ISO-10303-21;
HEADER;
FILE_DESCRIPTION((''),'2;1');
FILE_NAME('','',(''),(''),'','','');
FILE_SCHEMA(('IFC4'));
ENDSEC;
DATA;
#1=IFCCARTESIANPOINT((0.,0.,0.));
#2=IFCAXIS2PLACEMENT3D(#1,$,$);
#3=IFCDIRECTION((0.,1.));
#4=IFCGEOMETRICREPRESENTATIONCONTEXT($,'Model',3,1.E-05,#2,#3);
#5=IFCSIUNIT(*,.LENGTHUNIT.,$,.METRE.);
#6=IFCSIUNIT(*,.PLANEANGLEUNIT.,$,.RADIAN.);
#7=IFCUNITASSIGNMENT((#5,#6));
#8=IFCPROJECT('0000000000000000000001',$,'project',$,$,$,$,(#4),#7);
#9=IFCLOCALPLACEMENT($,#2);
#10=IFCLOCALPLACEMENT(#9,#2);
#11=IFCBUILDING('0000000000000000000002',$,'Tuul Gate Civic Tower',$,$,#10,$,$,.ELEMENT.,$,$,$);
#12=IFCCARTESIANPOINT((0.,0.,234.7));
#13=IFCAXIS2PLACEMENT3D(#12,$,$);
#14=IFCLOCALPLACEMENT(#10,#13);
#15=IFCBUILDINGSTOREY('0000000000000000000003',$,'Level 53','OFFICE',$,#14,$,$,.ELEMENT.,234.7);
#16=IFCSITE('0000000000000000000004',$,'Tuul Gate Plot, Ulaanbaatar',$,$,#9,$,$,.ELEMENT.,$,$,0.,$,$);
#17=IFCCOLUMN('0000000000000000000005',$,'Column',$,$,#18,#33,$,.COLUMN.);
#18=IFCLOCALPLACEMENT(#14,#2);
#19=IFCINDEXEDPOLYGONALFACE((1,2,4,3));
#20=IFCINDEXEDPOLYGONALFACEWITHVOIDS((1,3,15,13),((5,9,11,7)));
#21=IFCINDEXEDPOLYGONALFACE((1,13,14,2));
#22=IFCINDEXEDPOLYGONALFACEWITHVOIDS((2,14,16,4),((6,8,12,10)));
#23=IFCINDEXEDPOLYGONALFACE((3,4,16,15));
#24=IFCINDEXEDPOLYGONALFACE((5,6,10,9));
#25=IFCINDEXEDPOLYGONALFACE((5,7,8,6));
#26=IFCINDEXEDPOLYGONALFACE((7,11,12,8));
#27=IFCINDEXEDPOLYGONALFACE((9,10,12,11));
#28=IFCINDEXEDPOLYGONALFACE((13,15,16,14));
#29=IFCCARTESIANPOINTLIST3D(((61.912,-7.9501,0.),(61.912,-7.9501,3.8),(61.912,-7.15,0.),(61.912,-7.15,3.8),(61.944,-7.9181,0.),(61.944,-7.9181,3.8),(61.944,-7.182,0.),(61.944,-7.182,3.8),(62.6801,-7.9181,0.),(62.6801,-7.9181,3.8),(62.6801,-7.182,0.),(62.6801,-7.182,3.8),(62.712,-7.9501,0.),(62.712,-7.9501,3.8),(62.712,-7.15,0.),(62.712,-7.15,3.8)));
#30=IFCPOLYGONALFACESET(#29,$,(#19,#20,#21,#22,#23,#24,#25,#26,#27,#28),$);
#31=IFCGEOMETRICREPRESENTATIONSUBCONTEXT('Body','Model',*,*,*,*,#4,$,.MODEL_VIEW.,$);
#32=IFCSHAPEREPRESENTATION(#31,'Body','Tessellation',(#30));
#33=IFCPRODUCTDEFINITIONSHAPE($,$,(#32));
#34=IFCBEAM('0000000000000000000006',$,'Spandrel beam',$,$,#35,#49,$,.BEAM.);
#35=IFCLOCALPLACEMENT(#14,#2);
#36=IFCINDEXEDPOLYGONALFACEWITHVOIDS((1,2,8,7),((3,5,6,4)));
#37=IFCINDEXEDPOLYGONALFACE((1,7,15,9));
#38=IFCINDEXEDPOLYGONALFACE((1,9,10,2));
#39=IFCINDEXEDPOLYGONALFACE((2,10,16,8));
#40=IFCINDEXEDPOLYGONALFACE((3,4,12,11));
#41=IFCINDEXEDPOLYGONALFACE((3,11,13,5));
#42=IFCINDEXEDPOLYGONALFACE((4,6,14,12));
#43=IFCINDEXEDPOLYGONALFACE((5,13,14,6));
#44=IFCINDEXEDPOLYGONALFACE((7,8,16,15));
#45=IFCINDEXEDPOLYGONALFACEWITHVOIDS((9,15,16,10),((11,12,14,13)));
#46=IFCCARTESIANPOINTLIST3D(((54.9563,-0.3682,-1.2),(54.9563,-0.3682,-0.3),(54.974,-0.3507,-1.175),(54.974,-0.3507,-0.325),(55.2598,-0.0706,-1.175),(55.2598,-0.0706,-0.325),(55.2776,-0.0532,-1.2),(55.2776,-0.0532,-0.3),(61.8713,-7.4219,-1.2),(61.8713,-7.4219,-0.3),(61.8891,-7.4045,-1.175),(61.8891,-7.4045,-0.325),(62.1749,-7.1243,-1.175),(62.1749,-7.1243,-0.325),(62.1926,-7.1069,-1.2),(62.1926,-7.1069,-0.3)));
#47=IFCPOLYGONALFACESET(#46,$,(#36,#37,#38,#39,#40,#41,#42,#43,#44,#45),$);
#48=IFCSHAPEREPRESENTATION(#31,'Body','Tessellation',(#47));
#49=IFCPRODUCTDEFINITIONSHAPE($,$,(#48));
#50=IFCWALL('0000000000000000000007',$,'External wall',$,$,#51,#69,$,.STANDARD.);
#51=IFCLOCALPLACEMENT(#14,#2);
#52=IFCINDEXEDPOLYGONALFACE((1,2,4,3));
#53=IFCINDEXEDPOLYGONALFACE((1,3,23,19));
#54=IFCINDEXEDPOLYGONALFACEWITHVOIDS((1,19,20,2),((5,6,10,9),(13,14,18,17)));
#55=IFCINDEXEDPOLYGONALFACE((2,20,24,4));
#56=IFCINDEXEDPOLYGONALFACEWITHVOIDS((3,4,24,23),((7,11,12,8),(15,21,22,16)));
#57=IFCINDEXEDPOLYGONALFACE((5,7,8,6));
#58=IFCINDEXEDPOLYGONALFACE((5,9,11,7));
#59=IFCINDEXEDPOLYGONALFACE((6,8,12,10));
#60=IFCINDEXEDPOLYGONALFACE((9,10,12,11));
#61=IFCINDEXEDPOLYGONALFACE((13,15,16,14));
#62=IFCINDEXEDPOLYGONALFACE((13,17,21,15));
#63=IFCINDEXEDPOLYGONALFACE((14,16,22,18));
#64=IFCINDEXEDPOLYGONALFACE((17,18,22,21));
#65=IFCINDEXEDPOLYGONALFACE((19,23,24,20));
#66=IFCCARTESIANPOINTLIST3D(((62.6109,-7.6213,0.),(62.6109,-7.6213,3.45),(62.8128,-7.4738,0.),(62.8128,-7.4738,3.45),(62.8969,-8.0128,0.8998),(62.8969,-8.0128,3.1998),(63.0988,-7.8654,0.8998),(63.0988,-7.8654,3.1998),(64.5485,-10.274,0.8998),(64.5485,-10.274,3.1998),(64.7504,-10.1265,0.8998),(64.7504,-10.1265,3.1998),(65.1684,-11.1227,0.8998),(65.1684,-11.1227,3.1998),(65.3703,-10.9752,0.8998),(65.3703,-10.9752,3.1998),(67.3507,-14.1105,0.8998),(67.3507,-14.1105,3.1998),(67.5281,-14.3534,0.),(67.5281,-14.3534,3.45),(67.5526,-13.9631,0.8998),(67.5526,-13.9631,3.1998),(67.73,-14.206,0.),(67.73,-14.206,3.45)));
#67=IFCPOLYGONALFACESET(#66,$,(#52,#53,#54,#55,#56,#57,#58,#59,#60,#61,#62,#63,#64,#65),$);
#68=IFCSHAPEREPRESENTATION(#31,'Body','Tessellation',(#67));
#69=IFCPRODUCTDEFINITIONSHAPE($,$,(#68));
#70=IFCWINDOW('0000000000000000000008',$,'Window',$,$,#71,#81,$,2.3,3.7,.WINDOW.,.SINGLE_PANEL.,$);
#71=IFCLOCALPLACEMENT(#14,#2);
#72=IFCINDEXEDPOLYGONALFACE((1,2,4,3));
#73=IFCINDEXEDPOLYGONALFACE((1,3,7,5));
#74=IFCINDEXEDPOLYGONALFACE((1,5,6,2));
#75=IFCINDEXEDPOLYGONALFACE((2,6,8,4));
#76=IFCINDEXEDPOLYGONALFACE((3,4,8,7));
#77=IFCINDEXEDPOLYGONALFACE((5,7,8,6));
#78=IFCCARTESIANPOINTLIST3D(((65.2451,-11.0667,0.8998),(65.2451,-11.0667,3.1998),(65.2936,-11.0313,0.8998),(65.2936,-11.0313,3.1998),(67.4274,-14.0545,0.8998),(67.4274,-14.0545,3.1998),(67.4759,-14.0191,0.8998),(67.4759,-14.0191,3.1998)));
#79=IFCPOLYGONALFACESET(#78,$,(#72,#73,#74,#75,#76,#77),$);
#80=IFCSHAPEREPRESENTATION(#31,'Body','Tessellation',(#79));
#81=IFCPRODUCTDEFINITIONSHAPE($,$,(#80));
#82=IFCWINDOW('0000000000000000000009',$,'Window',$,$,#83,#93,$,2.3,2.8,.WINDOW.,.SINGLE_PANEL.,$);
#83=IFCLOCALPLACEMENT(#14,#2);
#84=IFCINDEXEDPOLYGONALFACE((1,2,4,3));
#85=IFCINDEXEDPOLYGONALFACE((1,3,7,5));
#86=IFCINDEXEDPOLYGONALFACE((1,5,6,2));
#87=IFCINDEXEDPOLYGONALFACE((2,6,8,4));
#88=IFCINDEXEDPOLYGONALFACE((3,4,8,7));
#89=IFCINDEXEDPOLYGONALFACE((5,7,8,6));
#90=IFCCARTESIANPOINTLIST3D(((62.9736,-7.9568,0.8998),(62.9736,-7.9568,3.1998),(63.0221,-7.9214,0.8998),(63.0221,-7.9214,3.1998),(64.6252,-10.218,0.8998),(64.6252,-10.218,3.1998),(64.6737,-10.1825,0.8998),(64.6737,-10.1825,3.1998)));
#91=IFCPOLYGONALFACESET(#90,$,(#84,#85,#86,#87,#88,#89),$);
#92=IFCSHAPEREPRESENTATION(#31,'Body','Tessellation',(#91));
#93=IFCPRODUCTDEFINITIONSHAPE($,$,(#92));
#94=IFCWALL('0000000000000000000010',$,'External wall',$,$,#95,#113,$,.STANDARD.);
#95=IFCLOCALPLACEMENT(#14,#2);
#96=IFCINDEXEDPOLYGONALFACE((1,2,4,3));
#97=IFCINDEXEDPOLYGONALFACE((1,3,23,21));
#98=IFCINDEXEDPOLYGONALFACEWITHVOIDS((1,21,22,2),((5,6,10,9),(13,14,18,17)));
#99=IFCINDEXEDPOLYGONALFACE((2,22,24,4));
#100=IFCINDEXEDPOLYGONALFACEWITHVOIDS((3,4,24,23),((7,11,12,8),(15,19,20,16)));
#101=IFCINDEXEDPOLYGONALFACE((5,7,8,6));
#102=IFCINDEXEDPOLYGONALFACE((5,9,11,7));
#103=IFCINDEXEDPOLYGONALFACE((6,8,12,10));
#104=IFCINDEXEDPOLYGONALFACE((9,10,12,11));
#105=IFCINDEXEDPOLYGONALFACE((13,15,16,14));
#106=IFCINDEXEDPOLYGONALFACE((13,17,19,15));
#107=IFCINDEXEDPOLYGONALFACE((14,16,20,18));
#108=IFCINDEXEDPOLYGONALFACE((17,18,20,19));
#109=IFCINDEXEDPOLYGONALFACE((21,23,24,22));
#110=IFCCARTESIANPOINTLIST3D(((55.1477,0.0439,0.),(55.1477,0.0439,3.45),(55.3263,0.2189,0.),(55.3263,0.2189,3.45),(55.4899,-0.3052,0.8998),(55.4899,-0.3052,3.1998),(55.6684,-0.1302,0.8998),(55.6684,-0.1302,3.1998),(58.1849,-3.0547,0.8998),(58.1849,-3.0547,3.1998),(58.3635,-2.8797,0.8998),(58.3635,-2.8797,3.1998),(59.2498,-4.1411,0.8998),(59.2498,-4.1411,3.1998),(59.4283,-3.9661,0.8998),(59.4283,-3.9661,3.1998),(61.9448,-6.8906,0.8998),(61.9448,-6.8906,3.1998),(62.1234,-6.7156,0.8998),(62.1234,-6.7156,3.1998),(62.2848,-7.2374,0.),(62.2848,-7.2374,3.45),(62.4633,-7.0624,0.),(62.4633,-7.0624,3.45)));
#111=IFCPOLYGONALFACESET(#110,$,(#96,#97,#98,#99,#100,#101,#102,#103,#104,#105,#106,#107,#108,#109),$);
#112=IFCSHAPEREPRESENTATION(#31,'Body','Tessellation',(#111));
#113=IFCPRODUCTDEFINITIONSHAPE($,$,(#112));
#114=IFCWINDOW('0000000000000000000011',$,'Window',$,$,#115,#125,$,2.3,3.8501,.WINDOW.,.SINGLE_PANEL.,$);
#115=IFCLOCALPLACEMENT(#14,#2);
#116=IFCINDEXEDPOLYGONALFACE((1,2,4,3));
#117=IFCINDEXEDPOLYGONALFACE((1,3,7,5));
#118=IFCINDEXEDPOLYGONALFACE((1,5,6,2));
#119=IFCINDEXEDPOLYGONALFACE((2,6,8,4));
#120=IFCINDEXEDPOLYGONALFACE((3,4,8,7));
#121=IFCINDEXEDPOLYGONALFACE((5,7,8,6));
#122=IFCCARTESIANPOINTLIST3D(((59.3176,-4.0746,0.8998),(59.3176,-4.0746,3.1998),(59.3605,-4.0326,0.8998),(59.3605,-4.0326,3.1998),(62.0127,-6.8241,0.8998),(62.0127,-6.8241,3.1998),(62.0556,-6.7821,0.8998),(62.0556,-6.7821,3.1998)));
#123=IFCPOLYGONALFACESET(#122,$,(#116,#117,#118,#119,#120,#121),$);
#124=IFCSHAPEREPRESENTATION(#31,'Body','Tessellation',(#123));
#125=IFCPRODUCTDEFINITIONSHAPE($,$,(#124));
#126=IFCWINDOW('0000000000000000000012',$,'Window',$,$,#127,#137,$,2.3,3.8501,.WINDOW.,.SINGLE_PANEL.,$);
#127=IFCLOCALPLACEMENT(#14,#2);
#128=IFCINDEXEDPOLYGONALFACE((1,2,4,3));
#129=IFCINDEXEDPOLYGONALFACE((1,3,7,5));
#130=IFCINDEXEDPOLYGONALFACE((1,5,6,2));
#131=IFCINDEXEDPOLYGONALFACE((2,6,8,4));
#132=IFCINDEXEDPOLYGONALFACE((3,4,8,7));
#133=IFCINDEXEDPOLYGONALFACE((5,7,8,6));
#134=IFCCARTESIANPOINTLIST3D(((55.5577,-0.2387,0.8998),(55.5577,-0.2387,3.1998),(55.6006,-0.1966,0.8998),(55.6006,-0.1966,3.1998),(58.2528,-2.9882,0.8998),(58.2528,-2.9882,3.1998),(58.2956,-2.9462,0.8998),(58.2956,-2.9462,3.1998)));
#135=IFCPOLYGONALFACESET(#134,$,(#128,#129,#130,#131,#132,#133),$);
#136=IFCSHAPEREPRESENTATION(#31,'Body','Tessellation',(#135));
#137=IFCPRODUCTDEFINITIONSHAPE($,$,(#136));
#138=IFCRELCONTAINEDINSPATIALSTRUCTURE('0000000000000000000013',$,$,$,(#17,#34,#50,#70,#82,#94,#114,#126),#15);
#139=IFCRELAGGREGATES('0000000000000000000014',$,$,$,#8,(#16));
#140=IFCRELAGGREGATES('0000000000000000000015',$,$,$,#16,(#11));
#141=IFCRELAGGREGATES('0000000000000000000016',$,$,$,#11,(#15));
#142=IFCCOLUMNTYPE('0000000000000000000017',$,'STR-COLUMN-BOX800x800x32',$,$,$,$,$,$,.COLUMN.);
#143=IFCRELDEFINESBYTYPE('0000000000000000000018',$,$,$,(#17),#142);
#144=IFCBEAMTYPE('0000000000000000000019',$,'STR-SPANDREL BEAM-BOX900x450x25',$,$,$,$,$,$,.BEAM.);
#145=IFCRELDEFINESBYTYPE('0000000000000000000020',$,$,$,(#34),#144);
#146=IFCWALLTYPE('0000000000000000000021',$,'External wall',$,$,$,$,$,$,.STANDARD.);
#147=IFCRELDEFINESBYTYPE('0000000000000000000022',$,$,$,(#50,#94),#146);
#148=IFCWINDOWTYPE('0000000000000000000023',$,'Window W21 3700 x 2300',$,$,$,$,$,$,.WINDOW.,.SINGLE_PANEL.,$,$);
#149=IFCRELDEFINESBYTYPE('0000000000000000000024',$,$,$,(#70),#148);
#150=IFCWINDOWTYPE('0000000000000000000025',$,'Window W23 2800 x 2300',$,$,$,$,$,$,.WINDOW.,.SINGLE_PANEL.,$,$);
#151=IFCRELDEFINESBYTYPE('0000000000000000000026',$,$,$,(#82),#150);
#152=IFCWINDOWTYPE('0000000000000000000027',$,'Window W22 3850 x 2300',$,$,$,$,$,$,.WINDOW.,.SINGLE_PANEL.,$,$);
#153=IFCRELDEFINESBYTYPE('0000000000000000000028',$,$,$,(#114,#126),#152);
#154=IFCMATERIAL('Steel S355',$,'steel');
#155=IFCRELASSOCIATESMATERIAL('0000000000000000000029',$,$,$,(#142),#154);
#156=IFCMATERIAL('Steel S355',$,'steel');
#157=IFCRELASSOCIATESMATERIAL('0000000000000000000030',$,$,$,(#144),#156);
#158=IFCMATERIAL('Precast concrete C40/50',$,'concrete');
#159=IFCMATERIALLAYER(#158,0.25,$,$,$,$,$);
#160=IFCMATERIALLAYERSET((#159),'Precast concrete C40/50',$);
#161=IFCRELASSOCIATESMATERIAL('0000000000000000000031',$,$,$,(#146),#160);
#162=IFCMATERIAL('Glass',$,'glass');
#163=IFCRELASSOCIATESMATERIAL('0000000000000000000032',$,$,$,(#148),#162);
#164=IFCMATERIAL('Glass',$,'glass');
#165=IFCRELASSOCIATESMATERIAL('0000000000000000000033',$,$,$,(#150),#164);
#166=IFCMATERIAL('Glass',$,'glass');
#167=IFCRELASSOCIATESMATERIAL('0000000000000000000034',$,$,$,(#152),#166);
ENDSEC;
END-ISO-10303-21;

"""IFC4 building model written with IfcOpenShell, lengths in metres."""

from ifc_helpers import new_model, si_unit, direction, frame, frame_2d, origin, origin_2d, place, context, subcontext, project, spatial, rectangle, hollow_rectangle, extrude, material, layer, layer_set, material_profile, profile_set, type_object, element, fill, save


model = new_model("IFC4")

# Units and contexts
model_context = context("Model", 3, precision=1e-05, world=origin(), true_north=direction((0.0, 1.0)))
body_context = subcontext(model_context, "Body", "Model", "MODEL_VIEW")
ifc_project = project(units=[si_unit("LENGTHUNIT", "METRE"), si_unit("PLANEANGLEUNIT", "RADIAN")], contexts=[model_context])

# Site, building, storey
site_placement = place(None, origin())
site = spatial("IfcSite", under=ifc_project, at=site_placement, Name="Tuul Gate Plot, Ulaanbaatar", CompositionType="ELEMENT", RefElevation=0.0)
building_placement = place(site_placement, origin())
building = spatial("IfcBuilding", under=site, at=building_placement, Name="Tuul Gate Civic Tower", CompositionType="ELEMENT")
storey_placement = place(building_placement, frame((0.0, 0.0, 234.7)))
storey = spatial("IfcBuildingStorey", under=building, at=storey_placement, Name="Level 53", Description="OFFICE", CompositionType="ELEMENT", Elevation=234.7)

# Column
ifc_material_1 = material(Name="Steel S355", Category="steel")
ifc_material_profile_1 = material_profile(ifc_material_1, hollow_rectangle(XDim=0.8, YDim=0.8, WallThickness=0.032, at=origin_2d()), Name="BOX800x800x32")
ifc_profile_set_1 = profile_set([ifc_material_profile_1], Name="Steel S355")
column_type = type_object("IfcColumnType", Name="STR-COLUMN-BOX800x800x32", PredefinedType="COLUMN", material=ifc_profile_set_1)
column_placement = place(storey_placement, frame((62.312, -7.55, 0.0), z_axis=(0.0, 0.0, 1.0), x_axis=(1.0, 0.0, 0.0)))
element("IfcColumn", 1, at=column_placement, inside=storey, type_object=column_type, Name="Column", PredefinedType="COLUMN", context=body_context, shape_type="SweptSolid", body=[
    extrude(hollow_rectangle(XDim=0.8, YDim=0.8, WallThickness=0.032, at=origin_2d()), origin(), (0.0, 0.0, 1.0), 3.8),
])

# Beam
ifc_material_2 = material(Name="Steel S355", Category="steel")
ifc_material_profile_2 = material_profile(ifc_material_2, hollow_rectangle(XDim=0.45, YDim=0.8999, WallThickness=0.0249, at=origin_2d()), Name="BOX900x450x25")
ifc_profile_set_2 = profile_set([ifc_material_profile_2], Name="Steel S355")
beam_type = type_object("IfcBeamType", Name="STR-SPANDREL BEAM-BOX900x450x25", PredefinedType="BEAM", material=ifc_profile_set_2)
beam_placement = place(storey_placement, frame((62.032, -7.2644, -0.75), z_axis=(-0.700053, 0.714091, 0.0), x_axis=(-0.714091, -0.700053, 0.0)))
element("IfcBeam", 2, at=beam_placement, inside=storey, type_object=beam_type, Name="Spandrel beam", PredefinedType="BEAM", context=body_context, shape_type="SweptSolid", body=[
    extrude(hollow_rectangle(XDim=0.45, YDim=0.8999, WallThickness=0.0249, at=origin_2d()), origin(), (0.0, 0.0, 1.0), 9.8779),
])

# Walls, openings, windows
ifc_material_3 = material(Name="Precast concrete C40/50", Category="concrete")
ifc_layer = layer(ifc_material_3, 0.25)
ifc_layer_set = layer_set([ifc_layer], Name="Precast concrete C40/50")
wall_type = type_object("IfcWallType", Name="External wall", PredefinedType="STANDARD", material=ifc_layer_set)
wall_1_placement = place(storey_placement, frame((67.6292, -14.2798, 0.0), z_axis=(0.0, 0.0, 1.0), x_axis=(-0.589826, 0.80753, 0.0)))
wall_1 = element("IfcWall", 3, at=wall_1_placement, inside=storey, type_object=wall_type, Name="External wall", PredefinedType="STANDARD", context=body_context, shape_type="SweptSolid", body=[
    extrude(rectangle(XDim=8.3367, YDim=0.25, at=frame_2d((4.1685, 0.0))), origin(), (0.0, 0.0, 1.0), 3.45),
])
opening_1_placement = place(wall_1_placement, frame((0.3008, 0.0, 0.8999)))
opening_1 = element("IfcOpeningElement", 4, at=opening_1_placement, cuts=wall_1, PredefinedType="OPENING", context=body_context, shape_type="SweptSolid", body=[
    extrude(rectangle(XDim=3.7, YDim=2.3, at=frame_2d((1.8501, 1.1499))), frame((0.0, 0.135, 0.0), z_axis=(0.0, -1.0, 0.0), x_axis=(1.0, 0.0, 0.0)), (0.0, 0.0, 1.0), 0.27),
])
opening_2_placement = place(wall_1_placement, frame((5.052, 0.0, 0.8999)))
opening_2 = element("IfcOpeningElement", 5, at=opening_2_placement, cuts=wall_1, PredefinedType="OPENING", context=body_context, shape_type="SweptSolid", body=[
    extrude(rectangle(XDim=2.8, YDim=2.3, at=frame_2d((1.3999, 1.1499))), frame((0.0, 0.135, 0.0), z_axis=(0.0, -1.0, 0.0), x_axis=(1.0, 0.0, 0.0)), (0.0, 0.0, 1.0), 0.27),
])
ifc_material_4 = material(Name="Glass", Category="glass")
window_type_1 = type_object("IfcWindowType", Name="Window W21 3700 x 2300", PartitioningType="SINGLE_PANEL", PredefinedType="WINDOW", material=ifc_material_4)
window_1_placement = place(opening_1_placement, origin())
window_1 = element("IfcWindow", 6, at=window_1_placement, inside=storey, type_object=window_type_1, Name="Window", OverallHeight=2.3, OverallWidth=3.7, PartitioningType="SINGLE_PANEL", PredefinedType="WINDOW", context=body_context, shape_type="SweptSolid", body=[
    extrude(rectangle(XDim=3.7, YDim=2.3, at=frame_2d((1.8501, 1.1499))), frame((0.0, 0.03, 0.0), z_axis=(0.0, -1.0, 0.0), x_axis=(1.0, 0.0, 0.0)), (0.0, 0.0, 1.0), 0.0601),
])
fill(opening_1, window_1)
ifc_material_5 = material(Name="Glass", Category="glass")
window_type_2 = type_object("IfcWindowType", Name="Window W23 2800 x 2300", PartitioningType="SINGLE_PANEL", PredefinedType="WINDOW", material=ifc_material_5)
window_2_placement = place(opening_2_placement, origin())
window_2 = element("IfcWindow", 7, at=window_2_placement, inside=storey, type_object=window_type_2, Name="Window", OverallHeight=2.3, OverallWidth=2.8, PartitioningType="SINGLE_PANEL", PredefinedType="WINDOW", context=body_context, shape_type="SweptSolid", body=[
    extrude(rectangle(XDim=2.8, YDim=2.3, at=frame_2d((1.3999, 1.1499))), frame((0.0, 0.03, 0.0), z_axis=(0.0, -1.0, 0.0), x_axis=(1.0, 0.0, 0.0)), (0.0, 0.0, 1.0), 0.0601),
])
fill(opening_2, window_2)
wall_2_placement = place(storey_placement, frame((62.374, -7.1499, 0.0), z_axis=(0.0, 0.0, 1.0), x_axis=(-0.699996, 0.714147, 0.0)))
wall_2 = element("IfcWall", 8, at=wall_2_placement, inside=storey, type_object=wall_type, Name="External wall", PredefinedType="STANDARD", context=body_context, shape_type="SweptSolid", body=[
    extrude(rectangle(XDim=10.1958, YDim=0.25, at=frame_2d((5.0979, 0.0))), origin(), (0.0, 0.0, 1.0), 3.45),
])
opening_3_placement = place(wall_2_placement, frame((0.4856, 0.0, 0.8999)))
opening_3 = element("IfcOpeningElement", 9, at=opening_3_placement, cuts=wall_2, PredefinedType="OPENING", context=body_context, shape_type="SweptSolid", body=[
    extrude(rectangle(XDim=3.8501, YDim=2.3, at=frame_2d((1.925, 1.1499))), frame((0.0, 0.135, 0.0), z_axis=(0.0, -1.0, 0.0), x_axis=(1.0, 0.0, 0.0)), (0.0, 0.0, 1.0), 0.27),
])
opening_4_placement = place(wall_2_placement, frame((5.8569, 0.0, 0.8999)))
opening_4 = element("IfcOpeningElement", 10, at=opening_4_placement, cuts=wall_2, PredefinedType="OPENING", context=body_context, shape_type="SweptSolid", body=[
    extrude(rectangle(XDim=3.8501, YDim=2.3, at=frame_2d((1.925, 1.1499))), frame((0.0, 0.135, 0.0), z_axis=(0.0, -1.0, 0.0), x_axis=(1.0, 0.0, 0.0)), (0.0, 0.0, 1.0), 0.27),
])
ifc_material_6 = material(Name="Glass", Category="glass")
window_type_3 = type_object("IfcWindowType", Name="Window W22 3850 x 2300", PartitioningType="SINGLE_PANEL", PredefinedType="WINDOW", material=ifc_material_6)
window_3_placement = place(opening_3_placement, origin())
window_3 = element("IfcWindow", 11, at=window_3_placement, inside=storey, type_object=window_type_3, Name="Window", OverallHeight=2.3, OverallWidth=3.8501, PartitioningType="SINGLE_PANEL", PredefinedType="WINDOW", context=body_context, shape_type="SweptSolid", body=[
    extrude(rectangle(XDim=3.8501, YDim=2.3, at=frame_2d((1.925, 1.1499))), frame((0.0, 0.03, 0.0), z_axis=(0.0, -1.0, 0.0), x_axis=(1.0, 0.0, 0.0)), (0.0, 0.0, 1.0), 0.0601),
])
fill(opening_3, window_3)
window_4_placement = place(opening_4_placement, origin())
window_4 = element("IfcWindow", 12, at=window_4_placement, inside=storey, type_object=window_type_3, Name="Window", OverallHeight=2.3, OverallWidth=3.8501, PartitioningType="SINGLE_PANEL", PredefinedType="WINDOW", context=body_context, shape_type="SweptSolid", body=[
    extrude(rectangle(XDim=3.8501, YDim=2.3, at=frame_2d((1.925, 1.1499))), frame((0.0, 0.03, 0.0), z_axis=(0.0, -1.0, 0.0), x_axis=(1.0, 0.0, 0.0)), (0.0, 0.0, 1.0), 0.0601),
])
fill(opening_4, window_4)

save(model, "model.ifc")
